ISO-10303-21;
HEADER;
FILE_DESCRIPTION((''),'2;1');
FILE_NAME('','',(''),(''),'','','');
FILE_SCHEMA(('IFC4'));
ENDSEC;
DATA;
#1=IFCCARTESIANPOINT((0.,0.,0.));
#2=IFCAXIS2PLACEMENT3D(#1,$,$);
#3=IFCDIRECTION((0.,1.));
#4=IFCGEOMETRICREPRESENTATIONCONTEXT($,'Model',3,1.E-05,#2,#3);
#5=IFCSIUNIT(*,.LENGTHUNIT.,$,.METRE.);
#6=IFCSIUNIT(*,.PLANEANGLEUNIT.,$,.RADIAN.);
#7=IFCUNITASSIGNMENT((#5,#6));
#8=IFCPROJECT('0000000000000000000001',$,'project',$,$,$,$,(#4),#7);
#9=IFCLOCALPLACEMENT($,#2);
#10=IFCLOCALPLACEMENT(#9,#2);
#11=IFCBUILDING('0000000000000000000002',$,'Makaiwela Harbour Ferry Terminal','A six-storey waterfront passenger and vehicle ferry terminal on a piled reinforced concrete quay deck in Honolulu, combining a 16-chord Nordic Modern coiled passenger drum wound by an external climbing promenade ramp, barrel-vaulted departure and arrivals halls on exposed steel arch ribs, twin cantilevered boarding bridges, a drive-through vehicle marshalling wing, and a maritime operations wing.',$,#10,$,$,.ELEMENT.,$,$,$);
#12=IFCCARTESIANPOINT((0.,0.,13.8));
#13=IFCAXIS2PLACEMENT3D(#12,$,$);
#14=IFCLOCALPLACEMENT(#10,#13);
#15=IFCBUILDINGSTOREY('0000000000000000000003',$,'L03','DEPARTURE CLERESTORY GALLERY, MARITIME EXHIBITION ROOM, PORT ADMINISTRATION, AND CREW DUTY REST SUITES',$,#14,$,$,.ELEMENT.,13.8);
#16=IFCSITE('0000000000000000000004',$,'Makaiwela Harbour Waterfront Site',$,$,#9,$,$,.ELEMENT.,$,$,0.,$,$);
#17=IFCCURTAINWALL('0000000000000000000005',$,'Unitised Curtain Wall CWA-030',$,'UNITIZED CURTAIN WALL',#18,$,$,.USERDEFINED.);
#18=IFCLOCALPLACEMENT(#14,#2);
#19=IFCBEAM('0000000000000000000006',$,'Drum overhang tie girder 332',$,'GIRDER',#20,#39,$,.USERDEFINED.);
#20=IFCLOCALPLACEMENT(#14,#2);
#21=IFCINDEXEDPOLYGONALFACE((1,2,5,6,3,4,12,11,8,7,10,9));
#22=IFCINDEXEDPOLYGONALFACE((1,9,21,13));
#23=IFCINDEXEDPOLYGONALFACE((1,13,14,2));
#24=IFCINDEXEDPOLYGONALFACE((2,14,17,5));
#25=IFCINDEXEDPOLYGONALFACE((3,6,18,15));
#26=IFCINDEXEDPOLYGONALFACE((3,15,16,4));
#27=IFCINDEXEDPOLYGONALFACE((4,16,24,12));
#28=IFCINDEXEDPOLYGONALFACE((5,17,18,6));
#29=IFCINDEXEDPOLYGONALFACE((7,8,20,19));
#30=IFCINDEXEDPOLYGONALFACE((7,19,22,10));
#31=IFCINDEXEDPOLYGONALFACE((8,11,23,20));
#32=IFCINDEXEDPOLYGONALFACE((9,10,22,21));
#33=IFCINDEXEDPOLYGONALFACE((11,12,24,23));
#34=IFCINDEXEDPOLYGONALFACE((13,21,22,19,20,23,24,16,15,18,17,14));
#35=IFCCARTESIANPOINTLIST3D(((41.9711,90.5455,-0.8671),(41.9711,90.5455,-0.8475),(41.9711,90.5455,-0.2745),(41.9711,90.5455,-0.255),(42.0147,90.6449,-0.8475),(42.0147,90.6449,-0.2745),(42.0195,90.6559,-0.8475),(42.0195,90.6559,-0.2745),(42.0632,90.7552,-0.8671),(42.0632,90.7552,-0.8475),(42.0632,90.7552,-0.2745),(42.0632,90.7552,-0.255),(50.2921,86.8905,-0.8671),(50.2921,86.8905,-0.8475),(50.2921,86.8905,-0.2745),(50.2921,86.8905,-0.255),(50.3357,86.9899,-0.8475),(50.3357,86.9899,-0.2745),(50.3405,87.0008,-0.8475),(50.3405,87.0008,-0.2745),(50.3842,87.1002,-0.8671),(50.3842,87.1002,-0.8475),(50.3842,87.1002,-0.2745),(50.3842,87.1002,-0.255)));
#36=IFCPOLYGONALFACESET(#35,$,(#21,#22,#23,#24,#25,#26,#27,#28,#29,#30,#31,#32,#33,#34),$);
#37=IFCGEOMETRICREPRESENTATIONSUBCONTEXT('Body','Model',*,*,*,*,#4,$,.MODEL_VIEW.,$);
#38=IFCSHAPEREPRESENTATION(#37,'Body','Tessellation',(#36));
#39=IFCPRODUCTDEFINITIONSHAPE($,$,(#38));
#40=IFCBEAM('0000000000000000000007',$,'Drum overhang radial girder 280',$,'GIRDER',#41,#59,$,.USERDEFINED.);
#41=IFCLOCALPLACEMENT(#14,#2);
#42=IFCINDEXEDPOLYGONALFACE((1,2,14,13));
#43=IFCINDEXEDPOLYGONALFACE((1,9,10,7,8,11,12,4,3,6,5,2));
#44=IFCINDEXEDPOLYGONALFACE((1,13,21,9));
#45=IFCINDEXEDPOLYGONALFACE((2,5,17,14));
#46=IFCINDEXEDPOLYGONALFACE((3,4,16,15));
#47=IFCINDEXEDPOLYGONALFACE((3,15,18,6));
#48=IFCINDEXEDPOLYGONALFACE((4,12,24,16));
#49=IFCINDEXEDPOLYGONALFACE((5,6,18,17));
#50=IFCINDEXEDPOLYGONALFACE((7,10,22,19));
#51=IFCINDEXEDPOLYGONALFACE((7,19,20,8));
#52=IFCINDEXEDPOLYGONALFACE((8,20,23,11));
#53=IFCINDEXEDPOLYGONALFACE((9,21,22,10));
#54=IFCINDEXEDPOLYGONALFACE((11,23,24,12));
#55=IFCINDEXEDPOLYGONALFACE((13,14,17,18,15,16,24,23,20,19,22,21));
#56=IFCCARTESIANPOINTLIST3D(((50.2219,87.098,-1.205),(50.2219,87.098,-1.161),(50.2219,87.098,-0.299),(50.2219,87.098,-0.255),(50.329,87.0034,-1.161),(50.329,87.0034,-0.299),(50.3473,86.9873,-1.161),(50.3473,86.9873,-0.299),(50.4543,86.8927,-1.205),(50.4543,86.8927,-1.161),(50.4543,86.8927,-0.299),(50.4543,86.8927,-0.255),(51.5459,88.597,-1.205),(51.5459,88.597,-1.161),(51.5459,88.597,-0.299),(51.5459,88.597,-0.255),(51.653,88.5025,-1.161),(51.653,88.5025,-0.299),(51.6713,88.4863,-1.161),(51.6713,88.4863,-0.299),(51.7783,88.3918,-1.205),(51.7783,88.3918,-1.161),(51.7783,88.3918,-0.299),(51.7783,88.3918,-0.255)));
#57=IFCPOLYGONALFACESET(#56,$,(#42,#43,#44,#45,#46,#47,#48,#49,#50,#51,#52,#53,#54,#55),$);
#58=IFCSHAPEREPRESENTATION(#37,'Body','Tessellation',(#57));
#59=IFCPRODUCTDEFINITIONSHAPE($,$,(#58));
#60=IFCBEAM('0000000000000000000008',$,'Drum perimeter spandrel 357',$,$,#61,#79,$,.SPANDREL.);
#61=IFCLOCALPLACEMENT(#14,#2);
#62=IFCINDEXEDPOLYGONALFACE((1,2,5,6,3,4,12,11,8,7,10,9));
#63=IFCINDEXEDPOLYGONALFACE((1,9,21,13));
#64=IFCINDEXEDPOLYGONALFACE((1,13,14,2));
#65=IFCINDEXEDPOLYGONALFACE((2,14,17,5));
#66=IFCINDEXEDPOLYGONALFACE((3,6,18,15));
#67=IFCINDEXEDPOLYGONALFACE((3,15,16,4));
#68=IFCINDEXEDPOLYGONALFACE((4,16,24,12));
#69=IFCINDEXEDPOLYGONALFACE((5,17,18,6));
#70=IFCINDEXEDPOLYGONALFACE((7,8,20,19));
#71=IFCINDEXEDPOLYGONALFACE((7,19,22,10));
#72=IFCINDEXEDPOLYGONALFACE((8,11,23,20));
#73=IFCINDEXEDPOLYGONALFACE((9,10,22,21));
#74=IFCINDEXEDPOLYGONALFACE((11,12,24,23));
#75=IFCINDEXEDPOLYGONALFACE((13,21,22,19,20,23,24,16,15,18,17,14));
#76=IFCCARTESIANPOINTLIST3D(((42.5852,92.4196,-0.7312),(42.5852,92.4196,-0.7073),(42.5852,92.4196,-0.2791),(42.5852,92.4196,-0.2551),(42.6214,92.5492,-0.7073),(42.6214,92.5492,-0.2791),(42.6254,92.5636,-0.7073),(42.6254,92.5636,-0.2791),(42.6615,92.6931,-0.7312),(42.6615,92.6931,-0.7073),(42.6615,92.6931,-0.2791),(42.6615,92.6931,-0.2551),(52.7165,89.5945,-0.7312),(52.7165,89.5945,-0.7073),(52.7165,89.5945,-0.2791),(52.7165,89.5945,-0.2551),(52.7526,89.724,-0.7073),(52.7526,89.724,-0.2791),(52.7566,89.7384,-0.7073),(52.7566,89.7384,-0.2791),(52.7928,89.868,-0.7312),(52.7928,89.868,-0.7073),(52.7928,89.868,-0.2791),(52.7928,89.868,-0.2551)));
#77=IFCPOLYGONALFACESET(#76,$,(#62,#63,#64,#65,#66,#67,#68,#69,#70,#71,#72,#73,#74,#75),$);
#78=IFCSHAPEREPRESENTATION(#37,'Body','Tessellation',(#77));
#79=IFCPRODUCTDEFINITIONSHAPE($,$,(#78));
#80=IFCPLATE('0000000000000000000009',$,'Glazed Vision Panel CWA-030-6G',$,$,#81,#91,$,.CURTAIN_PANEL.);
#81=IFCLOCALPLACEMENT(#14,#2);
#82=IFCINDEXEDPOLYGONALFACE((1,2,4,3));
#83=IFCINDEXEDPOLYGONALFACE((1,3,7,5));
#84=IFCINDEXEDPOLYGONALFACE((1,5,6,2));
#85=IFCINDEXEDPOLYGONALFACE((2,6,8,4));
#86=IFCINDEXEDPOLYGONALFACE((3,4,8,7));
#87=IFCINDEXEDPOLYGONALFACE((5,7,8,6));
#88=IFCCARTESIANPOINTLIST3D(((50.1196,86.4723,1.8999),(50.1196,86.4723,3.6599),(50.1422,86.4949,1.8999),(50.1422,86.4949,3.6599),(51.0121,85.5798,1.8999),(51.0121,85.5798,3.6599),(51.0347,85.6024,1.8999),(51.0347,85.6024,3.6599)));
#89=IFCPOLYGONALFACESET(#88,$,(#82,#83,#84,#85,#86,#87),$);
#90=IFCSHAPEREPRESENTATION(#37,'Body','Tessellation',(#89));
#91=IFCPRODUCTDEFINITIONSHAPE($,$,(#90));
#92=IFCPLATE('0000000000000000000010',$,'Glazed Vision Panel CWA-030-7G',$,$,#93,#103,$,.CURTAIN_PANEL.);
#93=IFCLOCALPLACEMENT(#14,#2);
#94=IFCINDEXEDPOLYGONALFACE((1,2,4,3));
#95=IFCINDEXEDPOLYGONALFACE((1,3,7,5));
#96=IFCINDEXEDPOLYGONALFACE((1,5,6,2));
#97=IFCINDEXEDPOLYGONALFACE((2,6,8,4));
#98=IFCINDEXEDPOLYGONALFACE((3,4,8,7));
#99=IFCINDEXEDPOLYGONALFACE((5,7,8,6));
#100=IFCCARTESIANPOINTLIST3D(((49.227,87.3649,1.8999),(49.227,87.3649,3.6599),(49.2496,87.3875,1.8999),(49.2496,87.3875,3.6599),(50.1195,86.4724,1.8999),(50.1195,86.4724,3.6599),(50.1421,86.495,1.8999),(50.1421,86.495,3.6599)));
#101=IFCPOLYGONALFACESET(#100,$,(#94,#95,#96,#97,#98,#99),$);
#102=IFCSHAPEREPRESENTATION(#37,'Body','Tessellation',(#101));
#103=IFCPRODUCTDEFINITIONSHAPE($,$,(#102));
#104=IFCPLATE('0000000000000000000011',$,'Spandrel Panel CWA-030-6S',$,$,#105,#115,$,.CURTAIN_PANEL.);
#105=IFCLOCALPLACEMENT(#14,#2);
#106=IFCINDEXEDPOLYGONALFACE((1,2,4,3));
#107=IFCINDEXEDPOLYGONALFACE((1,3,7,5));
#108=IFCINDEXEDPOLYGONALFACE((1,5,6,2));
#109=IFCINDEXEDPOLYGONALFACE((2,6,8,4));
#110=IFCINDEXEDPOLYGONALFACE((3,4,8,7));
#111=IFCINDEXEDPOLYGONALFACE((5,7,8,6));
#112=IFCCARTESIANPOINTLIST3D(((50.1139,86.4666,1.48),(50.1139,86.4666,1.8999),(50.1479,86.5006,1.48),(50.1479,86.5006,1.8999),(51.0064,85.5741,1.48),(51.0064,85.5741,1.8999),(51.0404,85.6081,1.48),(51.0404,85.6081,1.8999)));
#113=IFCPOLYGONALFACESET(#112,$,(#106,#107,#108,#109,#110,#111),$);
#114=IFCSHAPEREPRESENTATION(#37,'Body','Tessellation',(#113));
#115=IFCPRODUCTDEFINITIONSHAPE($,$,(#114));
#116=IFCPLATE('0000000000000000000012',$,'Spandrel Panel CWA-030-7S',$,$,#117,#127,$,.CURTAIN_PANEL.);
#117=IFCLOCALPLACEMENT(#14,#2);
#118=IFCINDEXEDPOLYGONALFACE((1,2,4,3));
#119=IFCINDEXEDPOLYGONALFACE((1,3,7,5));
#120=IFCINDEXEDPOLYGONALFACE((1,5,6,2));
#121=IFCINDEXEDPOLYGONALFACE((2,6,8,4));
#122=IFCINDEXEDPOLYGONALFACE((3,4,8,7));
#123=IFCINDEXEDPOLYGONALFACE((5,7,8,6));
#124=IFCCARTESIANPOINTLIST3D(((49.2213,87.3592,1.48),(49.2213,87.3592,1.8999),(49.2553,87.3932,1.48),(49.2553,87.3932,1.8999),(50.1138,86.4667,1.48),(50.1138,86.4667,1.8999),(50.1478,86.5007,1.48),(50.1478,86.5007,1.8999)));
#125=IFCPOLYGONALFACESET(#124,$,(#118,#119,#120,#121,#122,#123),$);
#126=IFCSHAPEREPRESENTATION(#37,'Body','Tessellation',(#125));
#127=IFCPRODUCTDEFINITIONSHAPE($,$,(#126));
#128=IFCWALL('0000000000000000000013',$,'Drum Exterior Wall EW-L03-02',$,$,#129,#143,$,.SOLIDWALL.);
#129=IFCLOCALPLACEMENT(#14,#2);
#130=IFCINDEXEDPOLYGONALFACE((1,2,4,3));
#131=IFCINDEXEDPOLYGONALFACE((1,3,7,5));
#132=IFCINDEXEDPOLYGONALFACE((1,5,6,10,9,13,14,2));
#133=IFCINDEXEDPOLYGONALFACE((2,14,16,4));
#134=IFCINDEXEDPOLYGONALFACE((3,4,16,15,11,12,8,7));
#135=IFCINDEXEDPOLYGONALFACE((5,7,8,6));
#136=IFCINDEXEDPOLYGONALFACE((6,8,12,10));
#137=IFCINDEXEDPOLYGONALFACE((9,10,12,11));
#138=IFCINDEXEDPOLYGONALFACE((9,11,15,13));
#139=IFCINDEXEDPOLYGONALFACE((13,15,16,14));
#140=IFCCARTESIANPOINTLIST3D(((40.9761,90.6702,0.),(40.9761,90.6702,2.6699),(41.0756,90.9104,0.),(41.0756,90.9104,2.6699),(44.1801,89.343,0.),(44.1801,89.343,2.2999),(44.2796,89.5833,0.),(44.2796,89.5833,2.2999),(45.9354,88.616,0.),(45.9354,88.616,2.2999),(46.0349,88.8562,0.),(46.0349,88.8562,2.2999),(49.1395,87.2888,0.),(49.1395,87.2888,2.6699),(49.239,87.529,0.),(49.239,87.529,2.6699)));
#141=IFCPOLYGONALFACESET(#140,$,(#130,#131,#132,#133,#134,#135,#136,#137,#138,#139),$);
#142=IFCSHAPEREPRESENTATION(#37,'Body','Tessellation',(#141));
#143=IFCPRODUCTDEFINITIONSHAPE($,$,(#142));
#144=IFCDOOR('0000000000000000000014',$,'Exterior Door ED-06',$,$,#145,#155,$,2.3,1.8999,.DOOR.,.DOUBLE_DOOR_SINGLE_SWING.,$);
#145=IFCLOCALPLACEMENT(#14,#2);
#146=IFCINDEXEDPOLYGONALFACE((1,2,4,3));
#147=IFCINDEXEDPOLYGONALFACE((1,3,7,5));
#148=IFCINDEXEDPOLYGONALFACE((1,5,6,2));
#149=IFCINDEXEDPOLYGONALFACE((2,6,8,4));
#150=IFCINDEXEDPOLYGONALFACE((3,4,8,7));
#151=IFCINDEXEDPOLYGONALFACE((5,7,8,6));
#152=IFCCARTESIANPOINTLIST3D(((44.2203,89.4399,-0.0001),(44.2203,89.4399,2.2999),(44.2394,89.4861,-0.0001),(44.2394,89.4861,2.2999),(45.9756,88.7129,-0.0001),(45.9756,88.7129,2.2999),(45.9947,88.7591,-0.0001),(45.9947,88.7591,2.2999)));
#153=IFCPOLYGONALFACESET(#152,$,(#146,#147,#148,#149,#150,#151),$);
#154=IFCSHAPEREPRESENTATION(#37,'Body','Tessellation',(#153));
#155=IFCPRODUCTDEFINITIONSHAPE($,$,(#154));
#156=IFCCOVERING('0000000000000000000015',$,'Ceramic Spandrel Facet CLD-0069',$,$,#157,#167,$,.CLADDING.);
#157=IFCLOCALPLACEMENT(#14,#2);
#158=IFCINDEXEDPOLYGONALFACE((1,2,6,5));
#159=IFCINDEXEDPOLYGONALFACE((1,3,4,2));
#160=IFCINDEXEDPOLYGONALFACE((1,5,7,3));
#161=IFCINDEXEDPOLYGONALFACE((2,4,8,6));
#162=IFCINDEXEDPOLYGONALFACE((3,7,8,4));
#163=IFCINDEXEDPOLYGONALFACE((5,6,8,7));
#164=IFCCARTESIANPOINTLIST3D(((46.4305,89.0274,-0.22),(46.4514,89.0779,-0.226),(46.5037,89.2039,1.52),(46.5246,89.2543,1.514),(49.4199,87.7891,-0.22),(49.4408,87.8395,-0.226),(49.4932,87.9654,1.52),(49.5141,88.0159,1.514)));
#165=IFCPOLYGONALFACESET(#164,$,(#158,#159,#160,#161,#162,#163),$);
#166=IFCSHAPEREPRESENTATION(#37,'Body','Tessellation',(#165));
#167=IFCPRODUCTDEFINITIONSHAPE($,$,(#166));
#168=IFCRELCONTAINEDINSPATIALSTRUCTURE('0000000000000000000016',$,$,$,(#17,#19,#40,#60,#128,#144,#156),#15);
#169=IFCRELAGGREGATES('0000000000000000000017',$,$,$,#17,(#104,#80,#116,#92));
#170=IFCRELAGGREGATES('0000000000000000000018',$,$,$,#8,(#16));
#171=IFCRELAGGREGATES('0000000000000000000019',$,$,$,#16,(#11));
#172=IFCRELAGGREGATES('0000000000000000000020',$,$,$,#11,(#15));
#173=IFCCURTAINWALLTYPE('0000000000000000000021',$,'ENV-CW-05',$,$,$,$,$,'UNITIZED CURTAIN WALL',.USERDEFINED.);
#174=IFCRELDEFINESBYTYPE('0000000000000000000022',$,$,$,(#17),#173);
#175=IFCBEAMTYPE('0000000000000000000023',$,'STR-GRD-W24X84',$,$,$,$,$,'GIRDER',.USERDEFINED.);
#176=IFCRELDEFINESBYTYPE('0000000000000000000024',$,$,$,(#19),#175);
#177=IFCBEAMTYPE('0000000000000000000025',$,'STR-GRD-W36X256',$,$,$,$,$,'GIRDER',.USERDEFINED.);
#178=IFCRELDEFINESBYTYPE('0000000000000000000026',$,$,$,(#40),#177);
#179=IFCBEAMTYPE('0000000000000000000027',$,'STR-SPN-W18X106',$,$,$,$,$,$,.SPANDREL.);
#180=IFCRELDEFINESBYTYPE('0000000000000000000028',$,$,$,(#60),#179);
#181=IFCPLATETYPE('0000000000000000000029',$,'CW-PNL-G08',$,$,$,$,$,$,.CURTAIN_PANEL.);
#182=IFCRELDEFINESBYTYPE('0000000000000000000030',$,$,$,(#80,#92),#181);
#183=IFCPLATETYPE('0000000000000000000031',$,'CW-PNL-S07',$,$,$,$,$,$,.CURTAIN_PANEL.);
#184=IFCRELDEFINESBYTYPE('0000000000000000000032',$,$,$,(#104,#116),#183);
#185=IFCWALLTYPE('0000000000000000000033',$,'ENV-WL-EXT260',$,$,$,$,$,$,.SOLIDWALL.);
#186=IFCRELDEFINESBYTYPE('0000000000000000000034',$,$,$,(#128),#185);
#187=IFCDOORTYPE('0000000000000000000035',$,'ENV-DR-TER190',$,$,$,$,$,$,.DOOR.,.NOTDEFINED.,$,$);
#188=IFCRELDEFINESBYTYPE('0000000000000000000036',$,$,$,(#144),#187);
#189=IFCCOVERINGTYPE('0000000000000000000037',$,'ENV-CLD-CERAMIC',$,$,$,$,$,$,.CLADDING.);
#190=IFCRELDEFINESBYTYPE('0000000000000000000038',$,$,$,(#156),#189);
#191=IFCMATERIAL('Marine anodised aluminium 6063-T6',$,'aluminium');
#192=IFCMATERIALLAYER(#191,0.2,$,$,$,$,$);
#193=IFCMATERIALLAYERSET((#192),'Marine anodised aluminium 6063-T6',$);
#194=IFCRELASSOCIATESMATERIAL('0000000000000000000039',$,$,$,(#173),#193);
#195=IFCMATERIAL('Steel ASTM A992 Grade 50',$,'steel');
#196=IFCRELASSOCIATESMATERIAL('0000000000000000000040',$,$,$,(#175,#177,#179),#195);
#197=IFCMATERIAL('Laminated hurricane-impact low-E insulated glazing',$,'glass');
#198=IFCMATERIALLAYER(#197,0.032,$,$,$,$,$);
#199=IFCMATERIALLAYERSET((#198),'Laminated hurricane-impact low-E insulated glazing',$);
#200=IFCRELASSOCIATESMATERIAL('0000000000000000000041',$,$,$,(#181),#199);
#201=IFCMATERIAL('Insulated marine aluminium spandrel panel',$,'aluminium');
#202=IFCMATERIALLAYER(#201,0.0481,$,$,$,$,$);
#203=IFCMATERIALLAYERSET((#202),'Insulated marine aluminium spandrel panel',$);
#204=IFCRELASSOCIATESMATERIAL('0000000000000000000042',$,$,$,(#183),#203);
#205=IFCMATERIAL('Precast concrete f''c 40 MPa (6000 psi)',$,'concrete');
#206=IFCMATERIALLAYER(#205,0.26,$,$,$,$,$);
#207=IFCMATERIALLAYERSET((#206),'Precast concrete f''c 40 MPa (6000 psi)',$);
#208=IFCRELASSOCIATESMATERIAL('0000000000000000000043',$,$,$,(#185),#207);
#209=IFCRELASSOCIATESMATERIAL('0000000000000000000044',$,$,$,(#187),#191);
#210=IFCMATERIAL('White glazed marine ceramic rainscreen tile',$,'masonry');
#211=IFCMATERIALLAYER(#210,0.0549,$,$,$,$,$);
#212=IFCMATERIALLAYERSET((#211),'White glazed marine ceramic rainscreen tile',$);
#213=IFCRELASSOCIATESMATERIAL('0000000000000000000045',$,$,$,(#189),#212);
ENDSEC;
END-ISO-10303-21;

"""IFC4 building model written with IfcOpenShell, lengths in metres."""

from ifc_helpers import new_model, si_unit, direction, frame, frame_2d, origin, origin_2d, place, context, subcontext, project, spatial, polyline, rectangle, i_section, outline, extrude, material, layer, layer_set, material_profile, profile_set, type_object, element, fill, aggregate, save


model = new_model("IFC4")

# Units and contexts
model_context = context("Model", 3, precision=1e-05, world=origin(), true_north=direction((0.0, 1.0)))
body_context = subcontext(model_context, "Body", "Model", "MODEL_VIEW")
ifc_project = project(units=[si_unit("LENGTHUNIT", "METRE"), si_unit("PLANEANGLEUNIT", "RADIAN")], contexts=[model_context])

# Site, building, storey
site_placement = place(None, origin())
site = spatial("IfcSite", under=ifc_project, at=site_placement, Name="Makaiwela Harbour Waterfront Site", CompositionType="ELEMENT", RefElevation=0.0)
building_placement = place(site_placement, origin())
building = spatial("IfcBuilding", under=site, at=building_placement, Name="Makaiwela Harbour Ferry Terminal", Description="A six-storey waterfront passenger and vehicle ferry terminal on a piled reinforced concrete quay deck in Honolulu, combining a 16-chord Nordic Modern coiled passenger drum wound by an external climbing promenade ramp, barrel-vaulted departure and arrivals halls on exposed steel arch ribs, twin cantilevered boarding bridges, a drive-through vehicle marshalling wing, and a maritime operations wing.", CompositionType="ELEMENT")
storey_placement = place(building_placement, frame((0.0, 0.0, 13.8)))
storey = spatial("IfcBuildingStorey", under=building, at=storey_placement, Name="L03", Description="DEPARTURE CLERESTORY GALLERY, MARITIME EXHIBITION ROOM, PORT ADMINISTRATION, AND CREW DUTY REST SUITES", CompositionType="ELEMENT", Elevation=13.8)

# Curtain wall
ifc_material_1 = material(Name="Marine anodised aluminium 6063-T6", Category="aluminium")
ifc_layer_1 = layer(ifc_material_1, 0.2)
ifc_layer_set_1 = layer_set([ifc_layer_1], Name="Marine anodised aluminium 6063-T6")
curtain_wall_type = type_object("IfcCurtainWallType", Name="ENV-CW-05", ElementType="UNITIZED CURTAIN WALL", PredefinedType="USERDEFINED", material=ifc_layer_set_1)
curtain_wall_placement = place(storey_placement, origin())
curtain_wall = element("IfcCurtainWall", 1, at=curtain_wall_placement, inside=storey, type_object=curtain_wall_type, Name="Unitised Curtain Wall CWA-030", ObjectType="UNITIZED CURTAIN WALL", PredefinedType="USERDEFINED")

# Beams
ifc_material_2 = material(Name="Steel ASTM A992 Grade 50", Category="steel")
ifc_material_profile_1 = material_profile(ifc_material_2, i_section(OverallWidth=0.229, OverallDepth=0.6121, WebThickness=0.012, FlangeThickness=0.0195, at=origin_2d()), Name="W24X84")
ifc_profile_set_1 = profile_set([ifc_material_profile_1], Name="Steel ASTM A992 Grade 50")
beam_type_1 = type_object("IfcBeamType", Name="STR-GRD-W24X84", ElementType="GIRDER", PredefinedType="USERDEFINED", material=ifc_profile_set_1)
beam_1_placement = place(storey_placement, frame((50.3381, 86.9954, -0.561), z_axis=(-0.915568, 0.402164, 0.0), x_axis=(-0.402164, -0.915568, 0.0)))
element("IfcBeam", 2, at=beam_1_placement, inside=storey, type_object=beam_type_1, Name="Drum overhang tie girder 332", ObjectType="GIRDER", PredefinedType="USERDEFINED", context=body_context, shape_type="SweptSolid", body=[
    extrude(i_section(OverallWidth=0.229, OverallDepth=0.6121, WebThickness=0.012, FlangeThickness=0.0195, at=origin_2d()), origin(), (0.0, 0.0, 1.0), 9.0884),
])
ifc_material_profile_2 = material_profile(ifc_material_2, i_section(OverallWidth=0.3101, OverallDepth=0.95, WebThickness=0.0244, FlangeThickness=0.0439, at=origin_2d()), Name="W36X256")
ifc_profile_set_2 = profile_set([ifc_material_profile_2], Name="Steel ASTM A992 Grade 50")
beam_type_2 = type_object("IfcBeamType", Name="STR-GRD-W36X256", ElementType="GIRDER", PredefinedType="USERDEFINED", material=ifc_profile_set_2)
beam_2_placement = place(storey_placement, frame((50.3381, 86.9954, -0.73), z_axis=(0.661989, 0.749514, 0.0), x_axis=(-0.749514, 0.661989, 0.0)))
element("IfcBeam", 3, at=beam_2_placement, inside=storey, type_object=beam_type_2, Name="Drum overhang radial girder 280", ObjectType="GIRDER", PredefinedType="USERDEFINED", context=body_context, shape_type="SweptSolid", body=[
    extrude(i_section(OverallWidth=0.3101, OverallDepth=0.95, WebThickness=0.0244, FlangeThickness=0.0439, at=origin_2d()), origin(), (0.0, 0.0, 1.0), 2.0),
])
ifc_material_profile_3 = material_profile(ifc_material_2, i_section(OverallWidth=0.2839, OverallDepth=0.4761, WebThickness=0.0149, FlangeThickness=0.0239, at=origin_2d()), Name="W18X106")
ifc_profile_set_3 = profile_set([ifc_material_profile_3], Name="Steel ASTM A992 Grade 50")
beam_type_3 = type_object("IfcBeamType", Name="STR-SPN-W18X106", PredefinedType="SPANDREL", material=ifc_profile_set_3)
beam_3_placement = place(storey_placement, frame((52.7546, 89.7312, -0.4932), z_axis=(-0.963249, 0.268609, 0.0), x_axis=(-0.268609, -0.963249, 0.0)))
element("IfcBeam", 4, at=beam_3_placement, inside=storey, type_object=beam_type_3, Name="Drum perimeter spandrel 357", PredefinedType="SPANDREL", context=body_context, shape_type="SweptSolid", body=[
    extrude(i_section(OverallWidth=0.2839, OverallDepth=0.4761, WebThickness=0.0149, FlangeThickness=0.0239, at=origin_2d()), origin(), (0.0, 0.0, 1.0), 10.5178),
])

# Plates
ifc_material_3 = material(Name="Laminated hurricane-impact low-E insulated glazing", Category="glass")
ifc_layer_2 = layer(ifc_material_3, 0.032)
ifc_layer_set_2 = layer_set([ifc_layer_2], Name="Laminated hurricane-impact low-E insulated glazing")
plate_type_1 = type_object("IfcPlateType", Name="CW-PNL-G08", PredefinedType="CURTAIN_PANEL", material=ifc_layer_set_2)
plate_1_placement = place(storey_placement, frame((50.5771, 86.0374, 1.8999), z_axis=(0.0, 0.0, 1.0), x_axis=(-0.707107, 0.707107, 0.0)))
plate_1 = element("IfcPlate", 5, at=plate_1_placement, type_object=plate_type_1, Name="Glazed Vision Panel CWA-030-6G", PredefinedType="CURTAIN_PANEL", context=body_context, shape_type="SweptSolid", body=[
    extrude(rectangle(XDim=1.2622, YDim=0.032, at=origin_2d()), origin(), (0.0, 0.0, 1.0), 1.76),
])
plate_2_placement = place(storey_placement, frame((49.6846, 86.9299, 1.8999), z_axis=(0.0, 0.0, 1.0), x_axis=(-0.707107, 0.707107, 0.0)))
plate_2 = element("IfcPlate", 6, at=plate_2_placement, type_object=plate_type_1, Name="Glazed Vision Panel CWA-030-7G", PredefinedType="CURTAIN_PANEL", context=body_context, shape_type="SweptSolid", body=[
    extrude(rectangle(XDim=1.2622, YDim=0.032, at=origin_2d()), origin(), (0.0, 0.0, 1.0), 1.76),
])
ifc_material_4 = material(Name="Insulated marine aluminium spandrel panel", Category="aluminium")
ifc_layer_3 = layer(ifc_material_4, 0.0481)
ifc_layer_set_3 = layer_set([ifc_layer_3], Name="Insulated marine aluminium spandrel panel")
plate_type_2 = type_object("IfcPlateType", Name="CW-PNL-S07", PredefinedType="CURTAIN_PANEL", material=ifc_layer_set_3)
plate_3_placement = place(storey_placement, frame((50.5771, 86.0374, 1.48), z_axis=(0.0, 0.0, 1.0), x_axis=(-0.707107, 0.707107, 0.0)))
plate_3 = element("IfcPlate", 7, at=plate_3_placement, type_object=plate_type_2, Name="Spandrel Panel CWA-030-6S", PredefinedType="CURTAIN_PANEL", context=body_context, shape_type="SweptSolid", body=[
    extrude(rectangle(XDim=1.2622, YDim=0.0481, at=origin_2d()), origin(), (0.0, 0.0, 1.0), 0.4199),
])
plate_4_placement = place(storey_placement, frame((49.6846, 86.9299, 1.48), z_axis=(0.0, 0.0, 1.0), x_axis=(-0.707107, 0.707107, 0.0)))
plate_4 = element("IfcPlate", 8, at=plate_4_placement, type_object=plate_type_2, Name="Spandrel Panel CWA-030-7S", PredefinedType="CURTAIN_PANEL", context=body_context, shape_type="SweptSolid", body=[
    extrude(rectangle(XDim=1.2622, YDim=0.0481, at=origin_2d()), origin(), (0.0, 0.0, 1.0), 0.4199),
])
aggregate(curtain_wall, [plate_3, plate_1, plate_4, plate_2])

# Wall, opening, door
ifc_material_5 = material(Name="Precast concrete f'c 40 MPa (6000 psi)", Category="concrete")
ifc_layer_4 = layer(ifc_material_5, 0.26)
ifc_layer_set_4 = layer_set([ifc_layer_4], Name="Precast concrete f'c 40 MPa (6000 psi)")
wall_type = type_object("IfcWallType", Name="ENV-WL-EXT260", PredefinedType="SOLIDWALL", material=ifc_layer_set_4)
wall_placement = place(storey_placement, frame((49.1892, 87.4089, 0.0), z_axis=(0.0, 0.0, 1.0), x_axis=(-0.92388, 0.382682, 0.0)))
wall = element("IfcWall", 9, at=wall_placement, inside=storey, type_object=wall_type, Name="Drum Exterior Wall EW-L03-02", PredefinedType="SOLIDWALL", context=body_context, shape_type="SweptSolid", body=[
    extrude(rectangle(XDim=8.8359, YDim=0.26, at=frame_2d((4.418, 0.0))), origin(), (0.0, 0.0, 1.0), 2.6699),
])
opening_placement = place(wall_placement, frame((3.468, 0.0, 0.0)))
opening = element("IfcOpeningElement", 10, at=opening_placement, cuts=wall, PredefinedType="OPENING", context=body_context, shape_type="SweptSolid", body=[
    extrude(rectangle(XDim=1.8999, YDim=2.3, at=frame_2d((0.95, 1.1499))), frame((0.0, 0.1399, 0.0), z_axis=(0.0, -1.0, 0.0), x_axis=(1.0, 0.0, 0.0)), (0.0, 0.0, 1.0), 0.28),
])
door_type = type_object("IfcDoorType", Name="ENV-DR-TER190", OperationType="NOTDEFINED", PredefinedType="DOOR", material=ifc_material_1)
door_placement = place(opening_placement, frame((1.8999, 0.0, 0.0), z_axis=(0.0, 0.0, 1.0), x_axis=(-1.0, 0.0, 0.0)))
door = element("IfcDoor", 11, at=door_placement, inside=storey, type_object=door_type, Name="Exterior Door ED-06", OperationType="DOUBLE_DOOR_SINGLE_SWING", OverallHeight=2.3, OverallWidth=1.8999, PredefinedType="DOOR", context=body_context, shape_type="SweptSolid", body=[
    extrude(rectangle(XDim=1.8999, YDim=2.3, at=frame_2d((0.95, 1.1499))), frame((0.0, 0.0249, 0.0), z_axis=(0.0, -1.0, 0.0), x_axis=(1.0, 0.0, 0.0)), (0.0, 0.0, 1.0), 0.05),
])
fill(opening, door)

# Covering
ifc_material_6 = material(Name="White glazed marine ceramic rainscreen tile", Category="masonry")
ifc_layer_5 = layer(ifc_material_6, 0.0549)
ifc_layer_set_5 = layer_set([ifc_layer_5], Name="White glazed marine ceramic rainscreen tile")
covering_type = type_object("IfcCoveringType", Name="ENV-CLD-CERAMIC", PredefinedType="CLADDING", material=ifc_layer_set_5)
covering_1_placement = place(storey_placement, frame((49.4199, 87.7891, -0.22), z_axis=(-0.380428, -0.918351, 0.109111), x_axis=(-0.923868, 0.382712, -0.000004)))
element("IfcCovering", 12, at=covering_1_placement, inside=storey, type_object=covering_type, Name="Ceramic Spandrel Facet CLD-0069", PredefinedType="CLADDING", context=body_context, shape_type="SweptSolid", body=[
    extrude(outline(polyline([(0.0, 0.0), (3.2358, 0.0), (3.2357, -1.7505), (-0.0002, -1.7504), (0.0, 0.0)])), origin(), (0.0, 0.0, -1.0), 0.0549),
])

save(model, "model.ifc")
